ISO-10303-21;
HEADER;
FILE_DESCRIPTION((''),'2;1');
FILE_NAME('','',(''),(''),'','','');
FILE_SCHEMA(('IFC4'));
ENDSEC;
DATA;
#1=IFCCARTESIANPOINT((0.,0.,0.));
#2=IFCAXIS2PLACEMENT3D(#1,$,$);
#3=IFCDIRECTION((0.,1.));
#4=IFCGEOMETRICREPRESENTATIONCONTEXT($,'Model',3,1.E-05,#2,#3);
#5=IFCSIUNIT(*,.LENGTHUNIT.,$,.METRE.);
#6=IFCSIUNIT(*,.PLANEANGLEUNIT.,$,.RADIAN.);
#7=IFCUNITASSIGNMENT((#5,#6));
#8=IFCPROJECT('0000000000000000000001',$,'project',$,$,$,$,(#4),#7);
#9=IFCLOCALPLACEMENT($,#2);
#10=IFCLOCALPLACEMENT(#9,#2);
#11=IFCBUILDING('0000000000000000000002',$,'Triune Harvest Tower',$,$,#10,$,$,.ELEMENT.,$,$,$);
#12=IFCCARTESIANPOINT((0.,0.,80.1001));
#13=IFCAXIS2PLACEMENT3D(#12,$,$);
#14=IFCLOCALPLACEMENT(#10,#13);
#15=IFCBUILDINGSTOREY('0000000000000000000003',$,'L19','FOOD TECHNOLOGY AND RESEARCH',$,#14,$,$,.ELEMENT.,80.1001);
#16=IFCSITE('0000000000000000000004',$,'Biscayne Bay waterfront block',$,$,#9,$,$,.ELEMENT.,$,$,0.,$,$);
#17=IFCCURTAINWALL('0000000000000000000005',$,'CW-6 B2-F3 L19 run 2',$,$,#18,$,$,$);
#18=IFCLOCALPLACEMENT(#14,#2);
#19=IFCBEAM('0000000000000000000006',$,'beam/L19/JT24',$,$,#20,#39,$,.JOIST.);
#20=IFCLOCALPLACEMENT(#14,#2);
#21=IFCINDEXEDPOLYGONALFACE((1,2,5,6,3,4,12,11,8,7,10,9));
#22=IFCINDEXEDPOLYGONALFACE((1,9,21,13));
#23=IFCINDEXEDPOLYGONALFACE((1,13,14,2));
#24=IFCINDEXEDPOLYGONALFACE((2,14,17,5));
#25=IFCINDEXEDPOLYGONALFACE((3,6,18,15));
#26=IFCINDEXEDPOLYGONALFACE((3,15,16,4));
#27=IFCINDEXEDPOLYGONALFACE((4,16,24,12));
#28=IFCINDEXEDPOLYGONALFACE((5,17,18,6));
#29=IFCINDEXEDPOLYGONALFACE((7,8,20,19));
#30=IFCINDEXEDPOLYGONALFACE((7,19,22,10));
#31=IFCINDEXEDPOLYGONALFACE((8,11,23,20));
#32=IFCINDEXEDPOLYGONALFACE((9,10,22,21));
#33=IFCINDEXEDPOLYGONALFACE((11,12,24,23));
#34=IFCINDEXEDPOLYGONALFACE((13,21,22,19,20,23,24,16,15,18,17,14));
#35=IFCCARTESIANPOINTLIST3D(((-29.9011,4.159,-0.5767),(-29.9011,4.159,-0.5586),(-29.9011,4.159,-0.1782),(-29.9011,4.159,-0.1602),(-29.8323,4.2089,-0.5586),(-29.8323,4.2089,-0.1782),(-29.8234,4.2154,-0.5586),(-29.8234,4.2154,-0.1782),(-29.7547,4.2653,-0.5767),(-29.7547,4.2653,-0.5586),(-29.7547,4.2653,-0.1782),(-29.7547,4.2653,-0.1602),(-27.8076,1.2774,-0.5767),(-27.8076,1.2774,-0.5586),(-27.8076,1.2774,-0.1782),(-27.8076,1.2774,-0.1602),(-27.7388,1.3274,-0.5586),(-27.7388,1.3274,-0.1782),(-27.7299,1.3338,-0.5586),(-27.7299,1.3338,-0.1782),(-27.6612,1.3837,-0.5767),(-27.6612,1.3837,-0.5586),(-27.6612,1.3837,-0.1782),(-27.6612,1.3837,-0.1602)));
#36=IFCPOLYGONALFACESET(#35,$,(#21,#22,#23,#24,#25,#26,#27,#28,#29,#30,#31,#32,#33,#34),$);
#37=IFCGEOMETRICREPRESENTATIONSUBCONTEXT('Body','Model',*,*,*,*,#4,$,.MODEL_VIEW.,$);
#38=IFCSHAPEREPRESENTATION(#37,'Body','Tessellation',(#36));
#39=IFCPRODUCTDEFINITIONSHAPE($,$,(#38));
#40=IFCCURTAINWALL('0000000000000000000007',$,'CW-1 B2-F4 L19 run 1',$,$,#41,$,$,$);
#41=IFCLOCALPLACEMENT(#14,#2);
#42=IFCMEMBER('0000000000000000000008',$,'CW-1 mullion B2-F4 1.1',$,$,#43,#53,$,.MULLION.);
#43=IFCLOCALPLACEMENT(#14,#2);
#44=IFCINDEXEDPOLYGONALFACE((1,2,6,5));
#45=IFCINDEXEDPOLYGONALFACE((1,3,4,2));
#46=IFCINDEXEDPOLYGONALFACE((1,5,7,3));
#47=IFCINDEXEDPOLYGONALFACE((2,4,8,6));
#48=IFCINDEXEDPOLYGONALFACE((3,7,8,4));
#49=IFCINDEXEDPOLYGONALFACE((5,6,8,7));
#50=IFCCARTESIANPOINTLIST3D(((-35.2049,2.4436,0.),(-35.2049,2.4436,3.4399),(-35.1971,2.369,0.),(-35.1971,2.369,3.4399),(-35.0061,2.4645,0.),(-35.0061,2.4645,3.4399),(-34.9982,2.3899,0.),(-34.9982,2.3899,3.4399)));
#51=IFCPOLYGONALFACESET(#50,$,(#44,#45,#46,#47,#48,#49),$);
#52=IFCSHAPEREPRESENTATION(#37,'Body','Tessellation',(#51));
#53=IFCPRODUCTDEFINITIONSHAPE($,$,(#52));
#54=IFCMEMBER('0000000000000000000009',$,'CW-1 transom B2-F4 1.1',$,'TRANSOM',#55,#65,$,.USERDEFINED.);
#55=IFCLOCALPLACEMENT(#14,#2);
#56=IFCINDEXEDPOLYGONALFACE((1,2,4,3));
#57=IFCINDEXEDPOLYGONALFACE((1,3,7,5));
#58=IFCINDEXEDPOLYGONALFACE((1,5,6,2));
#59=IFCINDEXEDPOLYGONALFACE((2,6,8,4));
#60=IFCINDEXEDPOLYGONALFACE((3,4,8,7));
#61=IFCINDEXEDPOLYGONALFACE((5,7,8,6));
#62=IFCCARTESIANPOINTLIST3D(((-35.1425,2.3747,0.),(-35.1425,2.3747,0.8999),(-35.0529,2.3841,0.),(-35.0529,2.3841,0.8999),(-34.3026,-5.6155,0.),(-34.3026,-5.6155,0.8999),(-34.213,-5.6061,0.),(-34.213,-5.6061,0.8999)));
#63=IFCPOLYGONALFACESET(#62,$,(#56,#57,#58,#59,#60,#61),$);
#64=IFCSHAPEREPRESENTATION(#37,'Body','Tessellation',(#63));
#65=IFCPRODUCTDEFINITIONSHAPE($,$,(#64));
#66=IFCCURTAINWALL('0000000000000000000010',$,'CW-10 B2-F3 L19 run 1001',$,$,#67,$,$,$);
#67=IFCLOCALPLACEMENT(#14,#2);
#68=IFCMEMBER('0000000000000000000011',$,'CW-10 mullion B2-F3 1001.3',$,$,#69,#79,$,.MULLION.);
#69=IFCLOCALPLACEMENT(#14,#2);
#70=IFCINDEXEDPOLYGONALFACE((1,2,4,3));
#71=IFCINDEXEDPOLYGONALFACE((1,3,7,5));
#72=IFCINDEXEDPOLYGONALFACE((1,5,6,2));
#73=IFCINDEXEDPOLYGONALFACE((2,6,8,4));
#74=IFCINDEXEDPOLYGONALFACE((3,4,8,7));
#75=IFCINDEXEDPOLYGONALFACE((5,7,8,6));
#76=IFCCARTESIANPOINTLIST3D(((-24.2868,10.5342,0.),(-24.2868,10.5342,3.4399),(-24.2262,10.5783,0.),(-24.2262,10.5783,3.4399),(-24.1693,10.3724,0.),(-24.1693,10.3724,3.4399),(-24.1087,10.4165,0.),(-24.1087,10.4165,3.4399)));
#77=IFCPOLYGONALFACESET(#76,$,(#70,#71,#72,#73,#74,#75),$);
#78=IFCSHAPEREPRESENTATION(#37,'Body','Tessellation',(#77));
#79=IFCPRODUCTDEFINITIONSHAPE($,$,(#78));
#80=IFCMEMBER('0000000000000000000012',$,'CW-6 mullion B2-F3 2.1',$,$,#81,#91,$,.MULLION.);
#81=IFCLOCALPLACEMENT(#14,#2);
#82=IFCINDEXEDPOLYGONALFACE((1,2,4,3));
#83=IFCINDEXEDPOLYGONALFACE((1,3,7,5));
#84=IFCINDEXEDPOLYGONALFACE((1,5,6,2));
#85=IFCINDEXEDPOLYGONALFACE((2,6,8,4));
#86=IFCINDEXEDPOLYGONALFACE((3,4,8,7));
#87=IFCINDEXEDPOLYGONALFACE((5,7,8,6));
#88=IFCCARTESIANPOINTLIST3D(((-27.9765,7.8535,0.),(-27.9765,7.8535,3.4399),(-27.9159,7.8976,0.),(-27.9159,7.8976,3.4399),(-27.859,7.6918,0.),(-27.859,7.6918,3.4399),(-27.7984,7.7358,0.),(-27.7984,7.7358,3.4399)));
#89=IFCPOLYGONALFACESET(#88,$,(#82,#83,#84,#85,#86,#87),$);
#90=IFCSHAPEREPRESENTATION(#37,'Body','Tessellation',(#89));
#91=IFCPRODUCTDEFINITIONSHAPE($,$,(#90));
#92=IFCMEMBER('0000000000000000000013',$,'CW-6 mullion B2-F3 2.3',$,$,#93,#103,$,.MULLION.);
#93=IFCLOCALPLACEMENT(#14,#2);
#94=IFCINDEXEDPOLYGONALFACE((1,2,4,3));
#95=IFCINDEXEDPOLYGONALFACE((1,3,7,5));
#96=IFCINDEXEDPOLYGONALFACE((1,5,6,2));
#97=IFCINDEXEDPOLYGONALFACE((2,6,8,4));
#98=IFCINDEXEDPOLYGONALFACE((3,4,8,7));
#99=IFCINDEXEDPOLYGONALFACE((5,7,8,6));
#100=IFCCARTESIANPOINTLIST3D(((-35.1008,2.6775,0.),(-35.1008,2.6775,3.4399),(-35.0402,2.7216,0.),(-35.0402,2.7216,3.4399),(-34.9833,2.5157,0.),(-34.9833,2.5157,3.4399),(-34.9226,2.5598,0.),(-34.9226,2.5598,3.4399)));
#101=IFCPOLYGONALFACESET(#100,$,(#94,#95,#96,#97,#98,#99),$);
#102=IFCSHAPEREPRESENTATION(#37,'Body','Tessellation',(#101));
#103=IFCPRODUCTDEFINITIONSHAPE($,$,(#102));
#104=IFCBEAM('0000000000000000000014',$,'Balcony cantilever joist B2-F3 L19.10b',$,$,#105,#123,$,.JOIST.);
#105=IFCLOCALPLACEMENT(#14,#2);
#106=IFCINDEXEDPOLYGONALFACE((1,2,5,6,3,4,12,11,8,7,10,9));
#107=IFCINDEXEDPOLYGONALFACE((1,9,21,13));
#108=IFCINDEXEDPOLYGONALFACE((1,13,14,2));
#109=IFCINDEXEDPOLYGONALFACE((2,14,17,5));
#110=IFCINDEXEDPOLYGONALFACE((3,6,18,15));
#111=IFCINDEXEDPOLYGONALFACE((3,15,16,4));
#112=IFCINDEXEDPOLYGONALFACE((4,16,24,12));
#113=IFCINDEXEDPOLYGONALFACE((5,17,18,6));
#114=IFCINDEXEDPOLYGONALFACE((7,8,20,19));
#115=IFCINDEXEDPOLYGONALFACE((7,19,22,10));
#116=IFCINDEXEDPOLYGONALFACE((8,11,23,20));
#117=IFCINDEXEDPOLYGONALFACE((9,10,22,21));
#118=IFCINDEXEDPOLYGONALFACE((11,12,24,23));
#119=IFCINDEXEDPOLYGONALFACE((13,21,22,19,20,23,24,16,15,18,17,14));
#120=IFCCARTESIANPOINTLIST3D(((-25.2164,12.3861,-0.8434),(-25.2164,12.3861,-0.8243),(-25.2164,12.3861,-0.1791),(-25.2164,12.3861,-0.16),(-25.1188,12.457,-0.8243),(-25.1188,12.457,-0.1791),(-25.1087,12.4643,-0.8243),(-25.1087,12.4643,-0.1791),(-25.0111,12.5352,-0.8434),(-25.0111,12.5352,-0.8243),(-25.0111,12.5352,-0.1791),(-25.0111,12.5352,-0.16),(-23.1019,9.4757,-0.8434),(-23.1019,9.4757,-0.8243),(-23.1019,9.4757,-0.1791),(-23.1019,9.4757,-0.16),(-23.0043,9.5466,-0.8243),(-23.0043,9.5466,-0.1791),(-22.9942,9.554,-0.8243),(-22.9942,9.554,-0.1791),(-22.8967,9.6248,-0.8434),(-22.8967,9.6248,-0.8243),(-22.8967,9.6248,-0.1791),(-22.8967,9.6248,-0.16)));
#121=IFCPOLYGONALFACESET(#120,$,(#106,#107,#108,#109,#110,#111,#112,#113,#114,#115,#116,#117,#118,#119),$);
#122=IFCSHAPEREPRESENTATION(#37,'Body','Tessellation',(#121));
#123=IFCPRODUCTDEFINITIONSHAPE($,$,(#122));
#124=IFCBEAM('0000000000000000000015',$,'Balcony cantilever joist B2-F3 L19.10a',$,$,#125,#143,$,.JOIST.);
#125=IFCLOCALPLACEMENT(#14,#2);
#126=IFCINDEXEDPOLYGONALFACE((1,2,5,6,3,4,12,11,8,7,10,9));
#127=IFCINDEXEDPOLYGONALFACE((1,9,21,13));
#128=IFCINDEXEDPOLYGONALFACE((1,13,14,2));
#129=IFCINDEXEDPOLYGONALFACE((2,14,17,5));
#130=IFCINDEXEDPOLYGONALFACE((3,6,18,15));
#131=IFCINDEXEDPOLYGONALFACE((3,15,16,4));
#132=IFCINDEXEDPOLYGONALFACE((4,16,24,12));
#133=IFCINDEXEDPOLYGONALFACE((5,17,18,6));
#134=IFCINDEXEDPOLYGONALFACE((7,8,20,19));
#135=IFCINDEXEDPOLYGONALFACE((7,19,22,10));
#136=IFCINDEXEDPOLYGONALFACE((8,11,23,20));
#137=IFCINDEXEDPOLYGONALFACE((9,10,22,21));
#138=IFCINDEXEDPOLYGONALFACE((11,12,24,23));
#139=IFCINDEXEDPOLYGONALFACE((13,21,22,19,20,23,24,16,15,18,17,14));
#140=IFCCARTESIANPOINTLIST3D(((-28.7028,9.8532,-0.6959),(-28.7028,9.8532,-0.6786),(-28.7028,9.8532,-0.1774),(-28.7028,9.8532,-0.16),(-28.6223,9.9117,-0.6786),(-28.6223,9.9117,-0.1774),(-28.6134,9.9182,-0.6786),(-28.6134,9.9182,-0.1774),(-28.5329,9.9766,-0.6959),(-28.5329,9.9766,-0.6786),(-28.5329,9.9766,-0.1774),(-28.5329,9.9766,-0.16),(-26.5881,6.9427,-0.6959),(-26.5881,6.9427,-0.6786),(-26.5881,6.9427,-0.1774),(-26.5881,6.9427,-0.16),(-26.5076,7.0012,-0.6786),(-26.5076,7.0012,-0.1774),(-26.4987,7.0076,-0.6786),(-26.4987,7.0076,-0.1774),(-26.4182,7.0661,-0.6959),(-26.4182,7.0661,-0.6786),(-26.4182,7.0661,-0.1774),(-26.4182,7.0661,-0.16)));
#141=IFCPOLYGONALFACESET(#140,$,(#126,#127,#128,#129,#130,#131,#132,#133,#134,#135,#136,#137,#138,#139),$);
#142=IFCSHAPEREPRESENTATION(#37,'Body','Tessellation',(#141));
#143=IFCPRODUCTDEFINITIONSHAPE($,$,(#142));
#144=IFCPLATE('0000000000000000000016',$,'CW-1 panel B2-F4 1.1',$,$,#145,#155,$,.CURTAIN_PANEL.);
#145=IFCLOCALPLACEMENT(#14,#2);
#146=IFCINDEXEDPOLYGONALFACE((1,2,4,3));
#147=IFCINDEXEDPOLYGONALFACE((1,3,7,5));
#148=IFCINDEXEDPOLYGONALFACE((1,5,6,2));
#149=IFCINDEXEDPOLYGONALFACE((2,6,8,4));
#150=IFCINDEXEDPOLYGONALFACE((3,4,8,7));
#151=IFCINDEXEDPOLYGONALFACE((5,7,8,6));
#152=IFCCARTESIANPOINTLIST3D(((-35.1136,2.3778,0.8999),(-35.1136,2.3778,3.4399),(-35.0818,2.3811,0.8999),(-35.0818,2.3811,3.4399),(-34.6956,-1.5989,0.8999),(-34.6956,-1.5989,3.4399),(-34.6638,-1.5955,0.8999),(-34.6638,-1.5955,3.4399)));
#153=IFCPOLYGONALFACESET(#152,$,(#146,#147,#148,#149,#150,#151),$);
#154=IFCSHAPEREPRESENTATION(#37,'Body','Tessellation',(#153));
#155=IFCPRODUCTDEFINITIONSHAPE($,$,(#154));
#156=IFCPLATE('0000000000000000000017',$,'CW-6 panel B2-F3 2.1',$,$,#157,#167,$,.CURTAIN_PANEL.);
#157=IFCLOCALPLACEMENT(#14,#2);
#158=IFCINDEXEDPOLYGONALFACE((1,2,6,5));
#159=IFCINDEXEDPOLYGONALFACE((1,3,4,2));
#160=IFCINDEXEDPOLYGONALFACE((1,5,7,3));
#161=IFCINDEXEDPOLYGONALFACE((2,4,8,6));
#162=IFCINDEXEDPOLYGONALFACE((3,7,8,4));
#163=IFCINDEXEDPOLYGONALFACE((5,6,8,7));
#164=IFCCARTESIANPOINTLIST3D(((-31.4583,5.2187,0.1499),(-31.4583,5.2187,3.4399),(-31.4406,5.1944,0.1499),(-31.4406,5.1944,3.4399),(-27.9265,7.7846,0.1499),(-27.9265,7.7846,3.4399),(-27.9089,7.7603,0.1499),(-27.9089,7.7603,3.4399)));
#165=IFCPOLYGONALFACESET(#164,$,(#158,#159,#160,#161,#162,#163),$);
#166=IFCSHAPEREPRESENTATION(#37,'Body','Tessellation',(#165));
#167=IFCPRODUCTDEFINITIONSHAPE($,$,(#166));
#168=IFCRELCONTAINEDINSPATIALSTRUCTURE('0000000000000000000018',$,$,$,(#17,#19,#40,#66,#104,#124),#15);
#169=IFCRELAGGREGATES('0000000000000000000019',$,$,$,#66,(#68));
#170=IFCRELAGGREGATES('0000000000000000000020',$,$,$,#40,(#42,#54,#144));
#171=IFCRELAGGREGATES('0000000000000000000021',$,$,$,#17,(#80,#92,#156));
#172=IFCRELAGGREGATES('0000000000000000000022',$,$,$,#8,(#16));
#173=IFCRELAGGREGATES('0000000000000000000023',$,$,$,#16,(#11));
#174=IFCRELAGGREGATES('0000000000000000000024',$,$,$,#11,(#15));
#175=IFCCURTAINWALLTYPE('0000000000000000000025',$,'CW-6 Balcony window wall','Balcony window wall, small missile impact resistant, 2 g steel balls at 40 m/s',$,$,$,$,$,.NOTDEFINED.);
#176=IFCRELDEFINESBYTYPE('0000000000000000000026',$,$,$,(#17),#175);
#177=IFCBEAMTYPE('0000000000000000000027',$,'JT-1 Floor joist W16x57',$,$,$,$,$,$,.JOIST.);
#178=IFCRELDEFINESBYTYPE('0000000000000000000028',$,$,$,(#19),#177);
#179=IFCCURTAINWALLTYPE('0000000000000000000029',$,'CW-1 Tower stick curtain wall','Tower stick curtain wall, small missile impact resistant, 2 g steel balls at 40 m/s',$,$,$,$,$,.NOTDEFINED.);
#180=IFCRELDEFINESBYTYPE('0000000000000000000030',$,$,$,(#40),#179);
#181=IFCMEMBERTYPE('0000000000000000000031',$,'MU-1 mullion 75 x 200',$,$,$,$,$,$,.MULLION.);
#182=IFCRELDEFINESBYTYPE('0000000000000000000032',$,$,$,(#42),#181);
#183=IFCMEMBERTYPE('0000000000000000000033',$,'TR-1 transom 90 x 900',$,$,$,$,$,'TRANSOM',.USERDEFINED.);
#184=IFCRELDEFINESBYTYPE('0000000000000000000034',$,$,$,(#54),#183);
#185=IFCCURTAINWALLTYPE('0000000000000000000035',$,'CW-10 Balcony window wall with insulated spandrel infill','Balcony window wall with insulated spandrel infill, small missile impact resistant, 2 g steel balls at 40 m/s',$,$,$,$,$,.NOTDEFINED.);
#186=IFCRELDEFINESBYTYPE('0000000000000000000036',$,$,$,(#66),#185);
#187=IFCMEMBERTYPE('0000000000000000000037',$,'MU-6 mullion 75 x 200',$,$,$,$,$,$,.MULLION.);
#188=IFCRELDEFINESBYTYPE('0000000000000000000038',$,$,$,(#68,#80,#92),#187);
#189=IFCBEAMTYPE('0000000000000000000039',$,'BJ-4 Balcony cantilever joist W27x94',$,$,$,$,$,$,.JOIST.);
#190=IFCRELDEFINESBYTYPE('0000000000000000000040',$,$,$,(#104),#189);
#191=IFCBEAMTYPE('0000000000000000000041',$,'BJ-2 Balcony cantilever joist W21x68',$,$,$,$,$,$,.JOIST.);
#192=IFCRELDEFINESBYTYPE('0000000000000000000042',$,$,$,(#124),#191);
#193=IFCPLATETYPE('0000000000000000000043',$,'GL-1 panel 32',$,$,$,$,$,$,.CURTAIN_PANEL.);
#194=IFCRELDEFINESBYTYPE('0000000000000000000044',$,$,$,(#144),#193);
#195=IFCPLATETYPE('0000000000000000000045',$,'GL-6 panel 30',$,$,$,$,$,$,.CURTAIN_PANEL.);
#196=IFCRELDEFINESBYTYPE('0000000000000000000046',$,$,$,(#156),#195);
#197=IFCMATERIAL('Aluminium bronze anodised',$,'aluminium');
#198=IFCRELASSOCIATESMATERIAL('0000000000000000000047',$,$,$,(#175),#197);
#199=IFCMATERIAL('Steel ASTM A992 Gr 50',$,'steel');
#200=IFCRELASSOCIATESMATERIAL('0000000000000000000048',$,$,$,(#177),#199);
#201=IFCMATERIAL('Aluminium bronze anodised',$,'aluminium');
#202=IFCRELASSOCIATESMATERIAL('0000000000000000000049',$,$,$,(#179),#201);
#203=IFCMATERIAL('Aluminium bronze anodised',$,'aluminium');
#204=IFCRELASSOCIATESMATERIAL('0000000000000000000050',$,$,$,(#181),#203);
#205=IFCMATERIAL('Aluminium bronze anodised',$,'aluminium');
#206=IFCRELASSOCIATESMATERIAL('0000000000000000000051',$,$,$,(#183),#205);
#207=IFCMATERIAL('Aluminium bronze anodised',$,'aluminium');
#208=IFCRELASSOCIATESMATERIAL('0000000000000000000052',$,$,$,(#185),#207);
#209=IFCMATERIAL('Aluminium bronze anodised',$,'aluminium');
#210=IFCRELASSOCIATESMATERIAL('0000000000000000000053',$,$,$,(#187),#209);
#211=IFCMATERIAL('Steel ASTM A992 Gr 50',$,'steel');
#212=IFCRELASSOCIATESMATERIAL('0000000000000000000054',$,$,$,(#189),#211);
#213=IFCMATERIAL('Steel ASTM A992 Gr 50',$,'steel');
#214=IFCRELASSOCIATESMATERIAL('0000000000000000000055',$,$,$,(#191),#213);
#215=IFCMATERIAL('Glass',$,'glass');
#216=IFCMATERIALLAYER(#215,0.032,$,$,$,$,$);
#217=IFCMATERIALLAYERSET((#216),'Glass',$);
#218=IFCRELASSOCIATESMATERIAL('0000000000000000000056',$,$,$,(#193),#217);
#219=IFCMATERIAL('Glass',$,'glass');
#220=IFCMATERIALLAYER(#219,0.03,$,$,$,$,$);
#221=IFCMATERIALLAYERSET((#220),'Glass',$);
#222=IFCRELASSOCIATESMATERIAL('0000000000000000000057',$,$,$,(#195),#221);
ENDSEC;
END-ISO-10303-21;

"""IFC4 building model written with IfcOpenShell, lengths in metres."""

from ifc_helpers import new_model, si_unit, direction, frame, origin, origin_2d, place, context, subcontext, project, spatial, rectangle, i_section, extrude, source, transform, mapped, material, layer, layer_set, material_profile, profile_set, type_object, element, aggregate, save


model = new_model("IFC4")

# Units and contexts
model_context = context("Model", 3, precision=1e-05, world=origin(), true_north=direction((0.0, 1.0)))
body_context = subcontext(model_context, "Body", "Model", "MODEL_VIEW")
ifc_project = project(units=[si_unit("LENGTHUNIT", "METRE"), si_unit("PLANEANGLEUNIT", "RADIAN")], contexts=[model_context])

# Site, building, storey
site_placement = place(None, origin())
site = spatial("IfcSite", under=ifc_project, at=site_placement, Name="Biscayne Bay waterfront block", CompositionType="ELEMENT", RefElevation=0.0)
building_placement = place(site_placement, origin())
building = spatial("IfcBuilding", under=site, at=building_placement, Name="Triune Harvest Tower", CompositionType="ELEMENT")
storey_placement = place(building_placement, frame((0.0, 0.0, 80.1001)))
storey = spatial("IfcBuildingStorey", under=building, at=storey_placement, Name="L19", Description="FOOD TECHNOLOGY AND RESEARCH", CompositionType="ELEMENT", Elevation=80.1001)

# Curtain wall
ifc_material_1 = material(Name="Aluminium bronze anodised", Category="aluminium")
curtain_wall_type_1 = type_object("IfcCurtainWallType", Name="CW-6 Balcony window wall", Description="Balcony window wall, small missile impact resistant, 2 g steel balls at 40 m/s", PredefinedType="NOTDEFINED", material=ifc_material_1)
curtain_wall_1_placement = place(storey_placement, origin())
curtain_wall_1 = element("IfcCurtainWall", 1, at=curtain_wall_1_placement, inside=storey, type_object=curtain_wall_type_1, Name="CW-6 B2-F3 L19 run 2")

# Beam
ifc_material_2 = material(Name="Steel ASTM A992 Gr 50", Category="steel")
ifc_material_profile_1 = material_profile(ifc_material_2, i_section(OverallWidth=0.1809, OverallDepth=0.4165, WebThickness=0.011, FlangeThickness=0.0181, at=origin_2d()), Name="W16x57")
ifc_profile_set_1 = profile_set([ifc_material_profile_1], Name="Steel ASTM A992 Gr 50")
beam_type_1 = type_object("IfcBeamType", Name="JT-1 Floor joist W16x57", PredefinedType="JOIST", material=ifc_profile_set_1)
shared_shape_1 = source(origin(), body_context, "Body", "SweptSolid", [
    extrude(i_section(OverallWidth=0.1809, OverallDepth=0.4165, WebThickness=0.011, FlangeThickness=0.0181, at=origin_2d()), origin(), (0.0, 0.0, 1.0), 3.5618),
])
beam_1_placement = place(storey_placement, frame((-29.8279, 4.2122, -0.3684), z_axis=(0.587768, -0.809029, 0.0), x_axis=(0.809029, 0.587768, 0.0)))
element("IfcBeam", 2, at=beam_1_placement, inside=storey, type_object=beam_type_1, Name="beam/L19/JT24", PredefinedType="JOIST", context=body_context, shape_type="MappedRepresentation", body=[
    mapped(shared_shape_1, transform((0.0, 0.0, 0.0), scale=1.0)),
])

# Curtain wall, members
ifc_material_3 = material(Name="Aluminium bronze anodised", Category="aluminium")
curtain_wall_type_2 = type_object("IfcCurtainWallType", Name="CW-1 Tower stick curtain wall", Description="Tower stick curtain wall, small missile impact resistant, 2 g steel balls at 40 m/s", PredefinedType="NOTDEFINED", material=ifc_material_3)
curtain_wall_2_placement = place(storey_placement, origin())
curtain_wall_2 = element("IfcCurtainWall", 3, at=curtain_wall_2_placement, inside=storey, type_object=curtain_wall_type_2, Name="CW-1 B2-F4 L19 run 1")
ifc_material_4 = material(Name="Aluminium bronze anodised", Category="aluminium")
ifc_material_profile_2 = material_profile(ifc_material_4, rectangle(XDim=0.2, YDim=0.075, at=origin_2d()), Name="MU-1 mullion 75 x 200")
ifc_profile_set_2 = profile_set([ifc_material_profile_2], Name="Aluminium bronze anodised")
member_type_1 = type_object("IfcMemberType", Name="MU-1 mullion 75 x 200", PredefinedType="MULLION", material=ifc_profile_set_2)
shared_shape_2 = source(origin(), body_context, "Body", "SweptSolid", [
    extrude(rectangle(XDim=0.2, YDim=0.075, at=origin_2d()), origin(), (0.0, 0.0, 1.0), 3.4399),
])
member_1_placement = place(storey_placement, frame((-35.1016, 2.4167, 0.0), z_axis=(0.0, 0.0, 1.0), x_axis=(0.994522, 0.104529, 0.0)))
member_1 = element("IfcMember", 4, at=member_1_placement, type_object=member_type_1, Name="CW-1 mullion B2-F4 1.1", PredefinedType="MULLION", context=body_context, shape_type="MappedRepresentation", body=[
    mapped(shared_shape_2, transform((0.0, 0.0, 0.0), scale=1.0)),
])
ifc_material_5 = material(Name="Aluminium bronze anodised", Category="aluminium")
ifc_material_profile_3 = material_profile(ifc_material_5, rectangle(XDim=0.0901, YDim=0.8999, at=origin_2d()), Name="TR-1 transom 90 x 900")
ifc_profile_set_3 = profile_set([ifc_material_profile_3], Name="Aluminium bronze anodised")
member_type_2 = type_object("IfcMemberType", Name="TR-1 transom 90 x 900", ElementType="TRANSOM", PredefinedType="USERDEFINED", material=ifc_profile_set_3)
shared_shape_3 = source(origin(), body_context, "Body", "SweptSolid", [
    extrude(rectangle(XDim=0.0901, YDim=0.8999, at=origin_2d()), origin(), (0.0, 0.0, 1.0), 8.0342),
])
member_2_placement = place(storey_placement, frame((-35.0977, 2.3794, 0.45), z_axis=(0.104533, -0.994521, 0.0), x_axis=(0.994521, 0.104533, 0.0)))
member_2 = element("IfcMember", 5, at=member_2_placement, type_object=member_type_2, Name="CW-1 transom B2-F4 1.1", ObjectType="TRANSOM", PredefinedType="USERDEFINED", context=body_context, shape_type="MappedRepresentation", body=[
    mapped(shared_shape_3, transform((0.0, 0.0, 0.0), scale=1.0)),
])

# Curtain wall, member
ifc_material_6 = material(Name="Aluminium bronze anodised", Category="aluminium")
curtain_wall_type_3 = type_object("IfcCurtainWallType", Name="CW-10 Balcony window wall with insulated spandrel infill", Description="Balcony window wall with insulated spandrel infill, small missile impact resistant, 2 g steel balls at 40 m/s", PredefinedType="NOTDEFINED", material=ifc_material_6)
curtain_wall_3_placement = place(storey_placement, origin())
curtain_wall_3 = element("IfcCurtainWall", 6, at=curtain_wall_3_placement, inside=storey, type_object=curtain_wall_type_3, Name="CW-10 B2-F3 L19 run 1001")
ifc_material_7 = material(Name="Aluminium bronze anodised", Category="aluminium")
ifc_material_profile_4 = material_profile(ifc_material_7, rectangle(XDim=0.2, YDim=0.075, at=origin_2d()), Name="MU-6 mullion 75 x 200")
ifc_profile_set_4 = profile_set([ifc_material_profile_4], Name="Aluminium bronze anodised")
member_type_3 = type_object("IfcMemberType", Name="MU-6 mullion 75 x 200", PredefinedType="MULLION", material=ifc_profile_set_4)
shared_shape_4 = source(origin(), body_context, "Body", "SweptSolid", [
    extrude(rectangle(XDim=0.2, YDim=0.075, at=origin_2d()), origin(), (0.0, 0.0, 1.0), 3.4399),
])
member_3_placement = place(storey_placement, frame((-24.1978, 10.4753, 0.0), z_axis=(0.0, 0.0, 1.0), x_axis=(0.587787, -0.809016, 0.0)))
member_3 = element("IfcMember", 7, at=member_3_placement, type_object=member_type_3, Name="CW-10 mullion B2-F3 1001.3", PredefinedType="MULLION", context=body_context, shape_type="MappedRepresentation", body=[
    mapped(shared_shape_4, transform((0.0, 0.0, 0.0), scale=1.0)),
])
aggregate(curtain_wall_3, [member_3])

# Members
member_4_placement = place(storey_placement, frame((-27.8875, 7.7947, 0.0), z_axis=(0.0, 0.0, 1.0), x_axis=(0.587785, -0.809017, 0.0)))
member_4 = element("IfcMember", 8, at=member_4_placement, type_object=member_type_3, Name="CW-6 mullion B2-F3 2.1", PredefinedType="MULLION", context=body_context, shape_type="MappedRepresentation", body=[
    mapped(shared_shape_4, transform((0.0, 0.0, 0.0), scale=1.0)),
])
member_5_placement = place(storey_placement, frame((-35.0117, 2.6187, 0.0), z_axis=(0.0, 0.0, 1.0), x_axis=(0.587785, -0.809017, 0.0)))
member_5 = element("IfcMember", 9, at=member_5_placement, type_object=member_type_3, Name="CW-6 mullion B2-F3 2.3", PredefinedType="MULLION", context=body_context, shape_type="MappedRepresentation", body=[
    mapped(shared_shape_4, transform((0.0, 0.0, 0.0), scale=1.0)),
])

# Beams
ifc_material_8 = material(Name="Steel ASTM A992 Gr 50", Category="steel")
ifc_material_profile_5 = material_profile(ifc_material_8, i_section(OverallWidth=0.2537, OverallDepth=0.6833, WebThickness=0.0125, FlangeThickness=0.019, at=origin_2d()), Name="W27x94")
ifc_profile_set_5 = profile_set([ifc_material_profile_5], Name="Steel ASTM A992 Gr 50")
beam_type_2 = type_object("IfcBeamType", Name="BJ-4 Balcony cantilever joist W27x94", PredefinedType="JOIST", material=ifc_profile_set_5)
shared_shape_5 = source(origin(), body_context, "Body", "SweptSolid", [
    extrude(i_section(OverallWidth=0.2537, OverallDepth=0.6833, WebThickness=0.0125, FlangeThickness=0.019, at=origin_2d()), origin(), (0.0, 0.0, 1.0), 3.5974),
])
beam_2_placement = place(storey_placement, frame((-22.9993, 9.5503, -0.5017), z_axis=(-0.58778, 0.809021, 0.0), x_axis=(-0.809021, -0.58778, 0.0)))
element("IfcBeam", 10, at=beam_2_placement, inside=storey, type_object=beam_type_2, Name="Balcony cantilever joist B2-F3 L19.10b", PredefinedType="JOIST", context=body_context, shape_type="MappedRepresentation", body=[
    mapped(shared_shape_5, transform((0.0, 0.0, 0.0), scale=1.0)),
])
ifc_material_9 = material(Name="Steel ASTM A992 Gr 50", Category="steel")
ifc_material_profile_6 = material_profile(ifc_material_9, i_section(OverallWidth=0.21, OverallDepth=0.5359, WebThickness=0.011, FlangeThickness=0.0173, at=origin_2d()), Name="W21x68")
ifc_profile_set_6 = profile_set([ifc_material_profile_6], Name="Steel ASTM A992 Gr 50")
beam_type_3 = type_object("IfcBeamType", Name="BJ-2 Balcony cantilever joist W21x68", PredefinedType="JOIST", material=ifc_profile_set_6)
shared_shape_6 = source(origin(), body_context, "Body", "SweptSolid", [
    extrude(i_section(OverallWidth=0.21, OverallDepth=0.5359, WebThickness=0.011, FlangeThickness=0.0173, at=origin_2d()), origin(), (0.0, 0.0, 1.0), 3.5977),
])
beam_3_placement = place(storey_placement, frame((-26.5032, 7.0044, -0.428), z_axis=(-0.587792, 0.809012, 0.0), x_axis=(-0.809012, -0.587792, 0.0)))
element("IfcBeam", 11, at=beam_3_placement, inside=storey, type_object=beam_type_3, Name="Balcony cantilever joist B2-F3 L19.10a", PredefinedType="JOIST", context=body_context, shape_type="MappedRepresentation", body=[
    mapped(shared_shape_6, transform((0.0, 0.0, 0.0), scale=1.0)),
])

# Plates
ifc_material_10 = material(Name="Glass", Category="glass")
ifc_layer_1 = layer(ifc_material_10, 0.032)
ifc_layer_set_1 = layer_set([ifc_layer_1], Name="Glass")
plate_type_1 = type_object("IfcPlateType", Name="GL-1 panel 32", PredefinedType="CURTAIN_PANEL", material=ifc_layer_set_1)
shared_shape_7 = source(origin(), body_context, "Body", "SweptSolid", [
    extrude(rectangle(XDim=3.9985, YDim=0.032, at=origin_2d()), origin(), (0.0, 0.0, 1.0), 2.54),
])
plate_1_placement = place(storey_placement, frame((-34.8887, 0.3911, 0.8999), z_axis=(0.0, 0.0, 1.0), x_axis=(0.104529, -0.994522, 0.0)))
plate_1 = element("IfcPlate", 12, at=plate_1_placement, type_object=plate_type_1, Name="CW-1 panel B2-F4 1.1", PredefinedType="CURTAIN_PANEL", context=body_context, shape_type="MappedRepresentation", body=[
    mapped(shared_shape_7, transform((0.0, 0.0, 0.0), scale=1.0)),
])
aggregate(curtain_wall_2, [member_1, member_2, plate_1])
ifc_material_11 = material(Name="Glass", Category="glass")
ifc_layer_2 = layer(ifc_material_11, 0.03)
ifc_layer_set_2 = layer_set([ifc_layer_2], Name="Glass")
plate_type_2 = type_object("IfcPlateType", Name="GL-6 panel 30", PredefinedType="CURTAIN_PANEL", material=ifc_layer_set_2)
shared_shape_8 = source(origin(), body_context, "Body", "SweptSolid", [
    extrude(rectangle(XDim=4.3655, YDim=0.03, at=origin_2d()), origin(), (0.0, 0.0, 1.0), 3.29),
])
plate_2_placement = place(storey_placement, frame((-29.6836, 6.4895, 0.1499), z_axis=(0.0, 0.0, 1.0), x_axis=(-0.809017, -0.587785, 0.0)))
plate_2 = element("IfcPlate", 13, at=plate_2_placement, type_object=plate_type_2, Name="CW-6 panel B2-F3 2.1", PredefinedType="CURTAIN_PANEL", context=body_context, shape_type="MappedRepresentation", body=[
    mapped(shared_shape_8, transform((0.0, 0.0, 0.0), scale=1.0)),
])
aggregate(curtain_wall_1, [member_4, member_5, plate_2])

save(model, "model.ifc")
